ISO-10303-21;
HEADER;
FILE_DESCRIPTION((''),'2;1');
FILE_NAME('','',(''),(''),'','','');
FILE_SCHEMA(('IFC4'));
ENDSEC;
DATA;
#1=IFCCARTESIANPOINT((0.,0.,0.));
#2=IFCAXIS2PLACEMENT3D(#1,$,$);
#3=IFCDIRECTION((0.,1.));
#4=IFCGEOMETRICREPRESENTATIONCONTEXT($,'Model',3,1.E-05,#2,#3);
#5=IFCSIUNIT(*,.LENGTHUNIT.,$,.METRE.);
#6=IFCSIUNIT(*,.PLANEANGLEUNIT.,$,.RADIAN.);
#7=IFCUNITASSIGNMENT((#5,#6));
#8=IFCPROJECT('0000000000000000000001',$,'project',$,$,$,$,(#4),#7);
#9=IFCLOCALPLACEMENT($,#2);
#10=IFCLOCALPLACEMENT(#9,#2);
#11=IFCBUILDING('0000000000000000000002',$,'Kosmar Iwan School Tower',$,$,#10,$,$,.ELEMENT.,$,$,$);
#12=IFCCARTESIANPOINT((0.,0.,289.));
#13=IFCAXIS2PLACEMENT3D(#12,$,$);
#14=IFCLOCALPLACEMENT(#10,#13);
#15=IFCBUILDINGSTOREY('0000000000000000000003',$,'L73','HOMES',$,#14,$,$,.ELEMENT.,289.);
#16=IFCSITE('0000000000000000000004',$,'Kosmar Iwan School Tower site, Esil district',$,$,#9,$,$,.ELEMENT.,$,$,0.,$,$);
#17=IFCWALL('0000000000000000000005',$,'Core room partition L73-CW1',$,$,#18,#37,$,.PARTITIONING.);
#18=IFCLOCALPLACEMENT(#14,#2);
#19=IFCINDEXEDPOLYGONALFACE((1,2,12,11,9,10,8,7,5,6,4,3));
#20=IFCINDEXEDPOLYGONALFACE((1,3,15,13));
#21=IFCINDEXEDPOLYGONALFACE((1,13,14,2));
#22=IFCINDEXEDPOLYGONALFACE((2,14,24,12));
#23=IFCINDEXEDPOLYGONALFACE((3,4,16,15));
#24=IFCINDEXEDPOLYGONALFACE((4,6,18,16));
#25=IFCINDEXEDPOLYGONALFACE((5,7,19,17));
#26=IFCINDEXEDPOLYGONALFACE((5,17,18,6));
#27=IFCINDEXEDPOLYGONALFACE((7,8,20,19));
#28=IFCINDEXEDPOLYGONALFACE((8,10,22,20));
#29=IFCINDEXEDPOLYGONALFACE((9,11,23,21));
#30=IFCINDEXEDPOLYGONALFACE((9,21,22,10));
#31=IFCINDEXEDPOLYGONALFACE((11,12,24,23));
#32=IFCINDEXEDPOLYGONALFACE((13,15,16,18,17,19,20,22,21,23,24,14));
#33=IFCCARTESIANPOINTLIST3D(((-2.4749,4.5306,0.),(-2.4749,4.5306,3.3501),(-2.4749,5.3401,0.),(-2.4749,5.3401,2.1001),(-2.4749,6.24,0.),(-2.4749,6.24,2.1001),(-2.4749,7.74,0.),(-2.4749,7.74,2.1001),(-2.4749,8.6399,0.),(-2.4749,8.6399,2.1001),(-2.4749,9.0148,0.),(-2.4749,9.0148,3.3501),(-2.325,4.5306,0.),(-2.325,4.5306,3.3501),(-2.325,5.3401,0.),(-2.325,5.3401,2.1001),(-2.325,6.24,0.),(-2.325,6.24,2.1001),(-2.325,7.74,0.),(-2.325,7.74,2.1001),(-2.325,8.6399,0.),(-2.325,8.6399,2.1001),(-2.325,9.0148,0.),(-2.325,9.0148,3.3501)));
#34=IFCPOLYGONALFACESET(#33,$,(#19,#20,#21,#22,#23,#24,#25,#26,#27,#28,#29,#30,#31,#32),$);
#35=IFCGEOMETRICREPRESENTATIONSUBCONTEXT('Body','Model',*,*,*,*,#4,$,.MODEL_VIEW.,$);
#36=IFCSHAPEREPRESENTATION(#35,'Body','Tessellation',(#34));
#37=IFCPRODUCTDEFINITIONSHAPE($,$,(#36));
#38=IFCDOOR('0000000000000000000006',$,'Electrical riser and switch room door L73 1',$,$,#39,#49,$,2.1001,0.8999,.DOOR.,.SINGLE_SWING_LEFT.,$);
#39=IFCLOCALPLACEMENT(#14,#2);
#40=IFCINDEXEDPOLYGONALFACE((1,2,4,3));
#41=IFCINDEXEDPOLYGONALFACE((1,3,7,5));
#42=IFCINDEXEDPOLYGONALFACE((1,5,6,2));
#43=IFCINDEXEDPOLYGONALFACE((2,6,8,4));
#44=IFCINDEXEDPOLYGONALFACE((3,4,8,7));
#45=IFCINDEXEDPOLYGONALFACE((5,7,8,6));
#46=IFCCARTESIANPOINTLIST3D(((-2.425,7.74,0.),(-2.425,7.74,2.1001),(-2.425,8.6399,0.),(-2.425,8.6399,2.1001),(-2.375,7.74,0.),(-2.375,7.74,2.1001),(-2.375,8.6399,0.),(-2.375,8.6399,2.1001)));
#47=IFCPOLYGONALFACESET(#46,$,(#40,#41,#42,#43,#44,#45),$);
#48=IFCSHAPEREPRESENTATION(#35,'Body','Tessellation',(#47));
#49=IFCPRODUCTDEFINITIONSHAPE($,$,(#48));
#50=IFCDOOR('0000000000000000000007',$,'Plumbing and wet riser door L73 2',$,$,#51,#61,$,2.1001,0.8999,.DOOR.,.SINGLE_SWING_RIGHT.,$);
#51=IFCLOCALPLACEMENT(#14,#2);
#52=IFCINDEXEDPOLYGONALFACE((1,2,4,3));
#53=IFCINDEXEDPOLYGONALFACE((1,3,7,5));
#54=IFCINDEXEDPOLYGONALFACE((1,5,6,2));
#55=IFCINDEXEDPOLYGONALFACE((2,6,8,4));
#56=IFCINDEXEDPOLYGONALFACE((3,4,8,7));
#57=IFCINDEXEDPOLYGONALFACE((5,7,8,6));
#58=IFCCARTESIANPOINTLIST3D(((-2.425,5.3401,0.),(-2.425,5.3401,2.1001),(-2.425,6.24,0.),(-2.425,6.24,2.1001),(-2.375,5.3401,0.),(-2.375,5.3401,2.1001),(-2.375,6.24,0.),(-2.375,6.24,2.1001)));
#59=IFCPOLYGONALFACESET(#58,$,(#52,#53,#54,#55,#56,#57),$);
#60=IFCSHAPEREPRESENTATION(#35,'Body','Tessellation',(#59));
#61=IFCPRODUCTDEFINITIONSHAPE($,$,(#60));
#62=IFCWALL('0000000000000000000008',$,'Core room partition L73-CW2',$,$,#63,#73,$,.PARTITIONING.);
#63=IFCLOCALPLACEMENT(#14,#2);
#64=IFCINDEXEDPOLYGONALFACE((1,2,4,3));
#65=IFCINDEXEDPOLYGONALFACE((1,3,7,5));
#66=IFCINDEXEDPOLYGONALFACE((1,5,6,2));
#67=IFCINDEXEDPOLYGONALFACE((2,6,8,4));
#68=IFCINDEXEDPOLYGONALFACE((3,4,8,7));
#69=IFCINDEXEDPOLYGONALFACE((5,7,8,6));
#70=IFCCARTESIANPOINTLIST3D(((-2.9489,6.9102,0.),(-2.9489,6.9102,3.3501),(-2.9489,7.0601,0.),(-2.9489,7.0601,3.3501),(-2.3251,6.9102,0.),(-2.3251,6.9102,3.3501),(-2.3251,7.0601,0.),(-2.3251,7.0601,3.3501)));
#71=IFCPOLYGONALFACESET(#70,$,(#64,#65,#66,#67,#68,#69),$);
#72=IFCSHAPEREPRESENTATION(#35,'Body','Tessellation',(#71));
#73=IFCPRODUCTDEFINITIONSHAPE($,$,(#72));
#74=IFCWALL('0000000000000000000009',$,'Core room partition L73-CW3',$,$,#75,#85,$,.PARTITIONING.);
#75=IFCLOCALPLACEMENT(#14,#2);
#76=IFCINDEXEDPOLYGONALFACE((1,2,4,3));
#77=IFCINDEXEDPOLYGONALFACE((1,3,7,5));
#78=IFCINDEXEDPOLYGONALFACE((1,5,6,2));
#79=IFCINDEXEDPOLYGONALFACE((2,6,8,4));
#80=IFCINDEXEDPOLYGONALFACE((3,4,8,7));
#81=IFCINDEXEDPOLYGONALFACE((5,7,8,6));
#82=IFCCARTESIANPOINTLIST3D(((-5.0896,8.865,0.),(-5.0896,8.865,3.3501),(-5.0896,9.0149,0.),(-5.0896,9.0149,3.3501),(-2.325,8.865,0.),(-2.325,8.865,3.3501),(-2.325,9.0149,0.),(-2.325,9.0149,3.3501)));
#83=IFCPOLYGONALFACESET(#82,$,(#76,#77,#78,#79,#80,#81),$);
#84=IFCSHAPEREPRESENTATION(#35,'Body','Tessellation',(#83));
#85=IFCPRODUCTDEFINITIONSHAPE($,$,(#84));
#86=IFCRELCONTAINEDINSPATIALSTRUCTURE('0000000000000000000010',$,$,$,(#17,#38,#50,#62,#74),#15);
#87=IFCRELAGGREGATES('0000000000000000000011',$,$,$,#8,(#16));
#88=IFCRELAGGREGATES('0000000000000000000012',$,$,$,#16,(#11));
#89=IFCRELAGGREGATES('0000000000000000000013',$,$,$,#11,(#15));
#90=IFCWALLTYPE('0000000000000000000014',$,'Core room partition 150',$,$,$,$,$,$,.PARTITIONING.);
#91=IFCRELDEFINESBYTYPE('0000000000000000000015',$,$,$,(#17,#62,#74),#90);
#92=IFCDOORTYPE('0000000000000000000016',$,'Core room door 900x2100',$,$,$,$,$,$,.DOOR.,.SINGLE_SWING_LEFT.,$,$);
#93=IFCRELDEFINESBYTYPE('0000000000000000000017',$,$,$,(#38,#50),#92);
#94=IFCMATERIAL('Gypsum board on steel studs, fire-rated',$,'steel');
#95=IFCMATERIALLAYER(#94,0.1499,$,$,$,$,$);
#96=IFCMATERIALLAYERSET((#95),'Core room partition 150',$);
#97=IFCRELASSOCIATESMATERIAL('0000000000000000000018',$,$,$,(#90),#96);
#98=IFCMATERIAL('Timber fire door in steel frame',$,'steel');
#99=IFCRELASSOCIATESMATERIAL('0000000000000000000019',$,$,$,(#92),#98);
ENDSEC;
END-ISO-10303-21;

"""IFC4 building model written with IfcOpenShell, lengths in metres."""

from ifc_helpers import new_model, si_unit, direction, frame, frame_2d, origin, place, context, subcontext, project, spatial, rectangle, extrude, material, layer, layer_set, type_object, element, fill, save


model = new_model("IFC4")

# Units and contexts
model_context = context("Model", 3, precision=1e-05, world=origin(), true_north=direction((0.0, 1.0)))
body_context = subcontext(model_context, "Body", "Model", "MODEL_VIEW")
ifc_project = project(units=[si_unit("LENGTHUNIT", "METRE"), si_unit("PLANEANGLEUNIT", "RADIAN")], contexts=[model_context])

# Site, building, storey
site_placement = place(None, origin())
site = spatial("IfcSite", under=ifc_project, at=site_placement, Name="Kosmar Iwan School Tower site, Esil district", CompositionType="ELEMENT", RefElevation=0.0)
building_placement = place(site_placement, origin())
building = spatial("IfcBuilding", under=site, at=building_placement, Name="Kosmar Iwan School Tower", CompositionType="ELEMENT")
storey_placement = place(building_placement, frame((0.0, 0.0, 289.0)))
storey = spatial("IfcBuildingStorey", under=building, at=storey_placement, Name="L73", Description="HOMES", CompositionType="ELEMENT", Elevation=289.0)

# Wall, openings, doors
ifc_material_1 = material(Name="Gypsum board on steel studs, fire-rated", Category="steel")
ifc_layer_1 = layer(ifc_material_1, 0.1499)
ifc_layer_set_1 = layer_set([ifc_layer_1], Name="Core room partition 150")
wall_type_1 = type_object("IfcWallType", Name="Core room partition 150", PredefinedType="PARTITIONING", material=ifc_layer_set_1)
wall_1_placement = place(storey_placement, frame((-2.3999, 9.0149, 0.0), z_axis=(0.0, 0.0, 1.0), x_axis=(0.0, -1.0, 0.0)))
wall_1 = element("IfcWall", 1, at=wall_1_placement, inside=storey, type_object=wall_type_1, Name="Core room partition L73-CW1", PredefinedType="PARTITIONING", context=body_context, shape_type="SweptSolid", body=[
    extrude(rectangle(XDim=4.4841, YDim=0.1499, at=frame_2d((2.2422, 0.0))), origin(), (0.0, 0.0, 1.0), 3.3501),
])
opening_1_placement = place(wall_1_placement, frame((0.375, 0.0, 0.0)))
opening_1 = element("IfcOpeningElement", 2, at=opening_1_placement, cuts=wall_1, PredefinedType="OPENING", context=body_context, shape_type="SweptSolid", body=[
    extrude(rectangle(XDim=0.8999, YDim=2.1001, at=frame_2d((0.45, 1.05))), frame((0.0, 0.0869, 0.0), z_axis=(0.0, -1.0, 0.0), x_axis=(1.0, 0.0, 0.0)), (0.0, 0.0, 1.0), 0.1738),
])
opening_2_placement = place(wall_1_placement, frame((2.7749, 0.0, 0.0)))
opening_2 = element("IfcOpeningElement", 3, at=opening_2_placement, cuts=wall_1, PredefinedType="OPENING", context=body_context, shape_type="SweptSolid", body=[
    extrude(rectangle(XDim=0.8999, YDim=2.1001, at=frame_2d((0.45, 1.05))), frame((0.0, 0.0869, 0.0), z_axis=(0.0, -1.0, 0.0), x_axis=(1.0, 0.0, 0.0)), (0.0, 0.0, 1.0), 0.1738),
])
ifc_material_2 = material(Name="Timber fire door in steel frame", Category="steel")
door_type_1 = type_object("IfcDoorType", Name="Core room door 900x2100", OperationType="SINGLE_SWING_LEFT", PredefinedType="DOOR", material=ifc_material_2)
door_1_placement = place(opening_1_placement, origin())
door_1 = element("IfcDoor", 4, at=door_1_placement, inside=storey, type_object=door_type_1, Name="Electrical riser and switch room door L73 1", OperationType="SINGLE_SWING_LEFT", OverallHeight=2.1001, OverallWidth=0.8999, PredefinedType="DOOR", context=body_context, shape_type="SweptSolid", body=[
    extrude(rectangle(XDim=0.8999, YDim=2.1001, at=frame_2d((0.45, 1.05))), frame((0.0, 0.0249, 0.0), z_axis=(0.0, -1.0, 0.0), x_axis=(1.0, 0.0, 0.0)), (0.0, 0.0, 1.0), 0.05),
])
fill(opening_1, door_1)
door_2_placement = place(opening_2_placement, origin())
door_2 = element("IfcDoor", 5, at=door_2_placement, inside=storey, type_object=door_type_1, Name="Plumbing and wet riser door L73 2", OperationType="SINGLE_SWING_RIGHT", OverallHeight=2.1001, OverallWidth=0.8999, PredefinedType="DOOR", context=body_context, shape_type="SweptSolid", body=[
    extrude(rectangle(XDim=0.8999, YDim=2.1001, at=frame_2d((0.45, 1.05))), frame((0.0, 0.0249, 0.0), z_axis=(0.0, -1.0, 0.0), x_axis=(1.0, 0.0, 0.0)), (0.0, 0.0, 1.0), 0.05),
])
fill(opening_2, door_2)

# Walls
wall_2_placement = place(storey_placement, frame((-2.325, 6.9851, 0.0), z_axis=(0.0, 0.0, 1.0), x_axis=(-1.0, 0.0, 0.0)))
element("IfcWall", 6, at=wall_2_placement, inside=storey, type_object=wall_type_1, Name="Core room partition L73-CW2", PredefinedType="PARTITIONING", context=body_context, shape_type="SweptSolid", body=[
    extrude(rectangle(XDim=0.6238, YDim=0.1499, at=frame_2d((0.312, 0.0))), origin(), (0.0, 0.0, 1.0), 3.3501),
])
wall_3_placement = place(storey_placement, frame((-5.0896, 8.9399, 0.0), z_axis=(0.0, 0.0, 1.0), x_axis=(1.0, 0.0, 0.0)))
element("IfcWall", 7, at=wall_3_placement, inside=storey, type_object=wall_type_1, Name="Core room partition L73-CW3", PredefinedType="PARTITIONING", context=body_context, shape_type="SweptSolid", body=[
    extrude(rectangle(XDim=2.7646, YDim=0.1499, at=frame_2d((1.3823, 0.0))), origin(), (0.0, 0.0, 1.0), 3.3501),
])

save(model, "model.ifc")
